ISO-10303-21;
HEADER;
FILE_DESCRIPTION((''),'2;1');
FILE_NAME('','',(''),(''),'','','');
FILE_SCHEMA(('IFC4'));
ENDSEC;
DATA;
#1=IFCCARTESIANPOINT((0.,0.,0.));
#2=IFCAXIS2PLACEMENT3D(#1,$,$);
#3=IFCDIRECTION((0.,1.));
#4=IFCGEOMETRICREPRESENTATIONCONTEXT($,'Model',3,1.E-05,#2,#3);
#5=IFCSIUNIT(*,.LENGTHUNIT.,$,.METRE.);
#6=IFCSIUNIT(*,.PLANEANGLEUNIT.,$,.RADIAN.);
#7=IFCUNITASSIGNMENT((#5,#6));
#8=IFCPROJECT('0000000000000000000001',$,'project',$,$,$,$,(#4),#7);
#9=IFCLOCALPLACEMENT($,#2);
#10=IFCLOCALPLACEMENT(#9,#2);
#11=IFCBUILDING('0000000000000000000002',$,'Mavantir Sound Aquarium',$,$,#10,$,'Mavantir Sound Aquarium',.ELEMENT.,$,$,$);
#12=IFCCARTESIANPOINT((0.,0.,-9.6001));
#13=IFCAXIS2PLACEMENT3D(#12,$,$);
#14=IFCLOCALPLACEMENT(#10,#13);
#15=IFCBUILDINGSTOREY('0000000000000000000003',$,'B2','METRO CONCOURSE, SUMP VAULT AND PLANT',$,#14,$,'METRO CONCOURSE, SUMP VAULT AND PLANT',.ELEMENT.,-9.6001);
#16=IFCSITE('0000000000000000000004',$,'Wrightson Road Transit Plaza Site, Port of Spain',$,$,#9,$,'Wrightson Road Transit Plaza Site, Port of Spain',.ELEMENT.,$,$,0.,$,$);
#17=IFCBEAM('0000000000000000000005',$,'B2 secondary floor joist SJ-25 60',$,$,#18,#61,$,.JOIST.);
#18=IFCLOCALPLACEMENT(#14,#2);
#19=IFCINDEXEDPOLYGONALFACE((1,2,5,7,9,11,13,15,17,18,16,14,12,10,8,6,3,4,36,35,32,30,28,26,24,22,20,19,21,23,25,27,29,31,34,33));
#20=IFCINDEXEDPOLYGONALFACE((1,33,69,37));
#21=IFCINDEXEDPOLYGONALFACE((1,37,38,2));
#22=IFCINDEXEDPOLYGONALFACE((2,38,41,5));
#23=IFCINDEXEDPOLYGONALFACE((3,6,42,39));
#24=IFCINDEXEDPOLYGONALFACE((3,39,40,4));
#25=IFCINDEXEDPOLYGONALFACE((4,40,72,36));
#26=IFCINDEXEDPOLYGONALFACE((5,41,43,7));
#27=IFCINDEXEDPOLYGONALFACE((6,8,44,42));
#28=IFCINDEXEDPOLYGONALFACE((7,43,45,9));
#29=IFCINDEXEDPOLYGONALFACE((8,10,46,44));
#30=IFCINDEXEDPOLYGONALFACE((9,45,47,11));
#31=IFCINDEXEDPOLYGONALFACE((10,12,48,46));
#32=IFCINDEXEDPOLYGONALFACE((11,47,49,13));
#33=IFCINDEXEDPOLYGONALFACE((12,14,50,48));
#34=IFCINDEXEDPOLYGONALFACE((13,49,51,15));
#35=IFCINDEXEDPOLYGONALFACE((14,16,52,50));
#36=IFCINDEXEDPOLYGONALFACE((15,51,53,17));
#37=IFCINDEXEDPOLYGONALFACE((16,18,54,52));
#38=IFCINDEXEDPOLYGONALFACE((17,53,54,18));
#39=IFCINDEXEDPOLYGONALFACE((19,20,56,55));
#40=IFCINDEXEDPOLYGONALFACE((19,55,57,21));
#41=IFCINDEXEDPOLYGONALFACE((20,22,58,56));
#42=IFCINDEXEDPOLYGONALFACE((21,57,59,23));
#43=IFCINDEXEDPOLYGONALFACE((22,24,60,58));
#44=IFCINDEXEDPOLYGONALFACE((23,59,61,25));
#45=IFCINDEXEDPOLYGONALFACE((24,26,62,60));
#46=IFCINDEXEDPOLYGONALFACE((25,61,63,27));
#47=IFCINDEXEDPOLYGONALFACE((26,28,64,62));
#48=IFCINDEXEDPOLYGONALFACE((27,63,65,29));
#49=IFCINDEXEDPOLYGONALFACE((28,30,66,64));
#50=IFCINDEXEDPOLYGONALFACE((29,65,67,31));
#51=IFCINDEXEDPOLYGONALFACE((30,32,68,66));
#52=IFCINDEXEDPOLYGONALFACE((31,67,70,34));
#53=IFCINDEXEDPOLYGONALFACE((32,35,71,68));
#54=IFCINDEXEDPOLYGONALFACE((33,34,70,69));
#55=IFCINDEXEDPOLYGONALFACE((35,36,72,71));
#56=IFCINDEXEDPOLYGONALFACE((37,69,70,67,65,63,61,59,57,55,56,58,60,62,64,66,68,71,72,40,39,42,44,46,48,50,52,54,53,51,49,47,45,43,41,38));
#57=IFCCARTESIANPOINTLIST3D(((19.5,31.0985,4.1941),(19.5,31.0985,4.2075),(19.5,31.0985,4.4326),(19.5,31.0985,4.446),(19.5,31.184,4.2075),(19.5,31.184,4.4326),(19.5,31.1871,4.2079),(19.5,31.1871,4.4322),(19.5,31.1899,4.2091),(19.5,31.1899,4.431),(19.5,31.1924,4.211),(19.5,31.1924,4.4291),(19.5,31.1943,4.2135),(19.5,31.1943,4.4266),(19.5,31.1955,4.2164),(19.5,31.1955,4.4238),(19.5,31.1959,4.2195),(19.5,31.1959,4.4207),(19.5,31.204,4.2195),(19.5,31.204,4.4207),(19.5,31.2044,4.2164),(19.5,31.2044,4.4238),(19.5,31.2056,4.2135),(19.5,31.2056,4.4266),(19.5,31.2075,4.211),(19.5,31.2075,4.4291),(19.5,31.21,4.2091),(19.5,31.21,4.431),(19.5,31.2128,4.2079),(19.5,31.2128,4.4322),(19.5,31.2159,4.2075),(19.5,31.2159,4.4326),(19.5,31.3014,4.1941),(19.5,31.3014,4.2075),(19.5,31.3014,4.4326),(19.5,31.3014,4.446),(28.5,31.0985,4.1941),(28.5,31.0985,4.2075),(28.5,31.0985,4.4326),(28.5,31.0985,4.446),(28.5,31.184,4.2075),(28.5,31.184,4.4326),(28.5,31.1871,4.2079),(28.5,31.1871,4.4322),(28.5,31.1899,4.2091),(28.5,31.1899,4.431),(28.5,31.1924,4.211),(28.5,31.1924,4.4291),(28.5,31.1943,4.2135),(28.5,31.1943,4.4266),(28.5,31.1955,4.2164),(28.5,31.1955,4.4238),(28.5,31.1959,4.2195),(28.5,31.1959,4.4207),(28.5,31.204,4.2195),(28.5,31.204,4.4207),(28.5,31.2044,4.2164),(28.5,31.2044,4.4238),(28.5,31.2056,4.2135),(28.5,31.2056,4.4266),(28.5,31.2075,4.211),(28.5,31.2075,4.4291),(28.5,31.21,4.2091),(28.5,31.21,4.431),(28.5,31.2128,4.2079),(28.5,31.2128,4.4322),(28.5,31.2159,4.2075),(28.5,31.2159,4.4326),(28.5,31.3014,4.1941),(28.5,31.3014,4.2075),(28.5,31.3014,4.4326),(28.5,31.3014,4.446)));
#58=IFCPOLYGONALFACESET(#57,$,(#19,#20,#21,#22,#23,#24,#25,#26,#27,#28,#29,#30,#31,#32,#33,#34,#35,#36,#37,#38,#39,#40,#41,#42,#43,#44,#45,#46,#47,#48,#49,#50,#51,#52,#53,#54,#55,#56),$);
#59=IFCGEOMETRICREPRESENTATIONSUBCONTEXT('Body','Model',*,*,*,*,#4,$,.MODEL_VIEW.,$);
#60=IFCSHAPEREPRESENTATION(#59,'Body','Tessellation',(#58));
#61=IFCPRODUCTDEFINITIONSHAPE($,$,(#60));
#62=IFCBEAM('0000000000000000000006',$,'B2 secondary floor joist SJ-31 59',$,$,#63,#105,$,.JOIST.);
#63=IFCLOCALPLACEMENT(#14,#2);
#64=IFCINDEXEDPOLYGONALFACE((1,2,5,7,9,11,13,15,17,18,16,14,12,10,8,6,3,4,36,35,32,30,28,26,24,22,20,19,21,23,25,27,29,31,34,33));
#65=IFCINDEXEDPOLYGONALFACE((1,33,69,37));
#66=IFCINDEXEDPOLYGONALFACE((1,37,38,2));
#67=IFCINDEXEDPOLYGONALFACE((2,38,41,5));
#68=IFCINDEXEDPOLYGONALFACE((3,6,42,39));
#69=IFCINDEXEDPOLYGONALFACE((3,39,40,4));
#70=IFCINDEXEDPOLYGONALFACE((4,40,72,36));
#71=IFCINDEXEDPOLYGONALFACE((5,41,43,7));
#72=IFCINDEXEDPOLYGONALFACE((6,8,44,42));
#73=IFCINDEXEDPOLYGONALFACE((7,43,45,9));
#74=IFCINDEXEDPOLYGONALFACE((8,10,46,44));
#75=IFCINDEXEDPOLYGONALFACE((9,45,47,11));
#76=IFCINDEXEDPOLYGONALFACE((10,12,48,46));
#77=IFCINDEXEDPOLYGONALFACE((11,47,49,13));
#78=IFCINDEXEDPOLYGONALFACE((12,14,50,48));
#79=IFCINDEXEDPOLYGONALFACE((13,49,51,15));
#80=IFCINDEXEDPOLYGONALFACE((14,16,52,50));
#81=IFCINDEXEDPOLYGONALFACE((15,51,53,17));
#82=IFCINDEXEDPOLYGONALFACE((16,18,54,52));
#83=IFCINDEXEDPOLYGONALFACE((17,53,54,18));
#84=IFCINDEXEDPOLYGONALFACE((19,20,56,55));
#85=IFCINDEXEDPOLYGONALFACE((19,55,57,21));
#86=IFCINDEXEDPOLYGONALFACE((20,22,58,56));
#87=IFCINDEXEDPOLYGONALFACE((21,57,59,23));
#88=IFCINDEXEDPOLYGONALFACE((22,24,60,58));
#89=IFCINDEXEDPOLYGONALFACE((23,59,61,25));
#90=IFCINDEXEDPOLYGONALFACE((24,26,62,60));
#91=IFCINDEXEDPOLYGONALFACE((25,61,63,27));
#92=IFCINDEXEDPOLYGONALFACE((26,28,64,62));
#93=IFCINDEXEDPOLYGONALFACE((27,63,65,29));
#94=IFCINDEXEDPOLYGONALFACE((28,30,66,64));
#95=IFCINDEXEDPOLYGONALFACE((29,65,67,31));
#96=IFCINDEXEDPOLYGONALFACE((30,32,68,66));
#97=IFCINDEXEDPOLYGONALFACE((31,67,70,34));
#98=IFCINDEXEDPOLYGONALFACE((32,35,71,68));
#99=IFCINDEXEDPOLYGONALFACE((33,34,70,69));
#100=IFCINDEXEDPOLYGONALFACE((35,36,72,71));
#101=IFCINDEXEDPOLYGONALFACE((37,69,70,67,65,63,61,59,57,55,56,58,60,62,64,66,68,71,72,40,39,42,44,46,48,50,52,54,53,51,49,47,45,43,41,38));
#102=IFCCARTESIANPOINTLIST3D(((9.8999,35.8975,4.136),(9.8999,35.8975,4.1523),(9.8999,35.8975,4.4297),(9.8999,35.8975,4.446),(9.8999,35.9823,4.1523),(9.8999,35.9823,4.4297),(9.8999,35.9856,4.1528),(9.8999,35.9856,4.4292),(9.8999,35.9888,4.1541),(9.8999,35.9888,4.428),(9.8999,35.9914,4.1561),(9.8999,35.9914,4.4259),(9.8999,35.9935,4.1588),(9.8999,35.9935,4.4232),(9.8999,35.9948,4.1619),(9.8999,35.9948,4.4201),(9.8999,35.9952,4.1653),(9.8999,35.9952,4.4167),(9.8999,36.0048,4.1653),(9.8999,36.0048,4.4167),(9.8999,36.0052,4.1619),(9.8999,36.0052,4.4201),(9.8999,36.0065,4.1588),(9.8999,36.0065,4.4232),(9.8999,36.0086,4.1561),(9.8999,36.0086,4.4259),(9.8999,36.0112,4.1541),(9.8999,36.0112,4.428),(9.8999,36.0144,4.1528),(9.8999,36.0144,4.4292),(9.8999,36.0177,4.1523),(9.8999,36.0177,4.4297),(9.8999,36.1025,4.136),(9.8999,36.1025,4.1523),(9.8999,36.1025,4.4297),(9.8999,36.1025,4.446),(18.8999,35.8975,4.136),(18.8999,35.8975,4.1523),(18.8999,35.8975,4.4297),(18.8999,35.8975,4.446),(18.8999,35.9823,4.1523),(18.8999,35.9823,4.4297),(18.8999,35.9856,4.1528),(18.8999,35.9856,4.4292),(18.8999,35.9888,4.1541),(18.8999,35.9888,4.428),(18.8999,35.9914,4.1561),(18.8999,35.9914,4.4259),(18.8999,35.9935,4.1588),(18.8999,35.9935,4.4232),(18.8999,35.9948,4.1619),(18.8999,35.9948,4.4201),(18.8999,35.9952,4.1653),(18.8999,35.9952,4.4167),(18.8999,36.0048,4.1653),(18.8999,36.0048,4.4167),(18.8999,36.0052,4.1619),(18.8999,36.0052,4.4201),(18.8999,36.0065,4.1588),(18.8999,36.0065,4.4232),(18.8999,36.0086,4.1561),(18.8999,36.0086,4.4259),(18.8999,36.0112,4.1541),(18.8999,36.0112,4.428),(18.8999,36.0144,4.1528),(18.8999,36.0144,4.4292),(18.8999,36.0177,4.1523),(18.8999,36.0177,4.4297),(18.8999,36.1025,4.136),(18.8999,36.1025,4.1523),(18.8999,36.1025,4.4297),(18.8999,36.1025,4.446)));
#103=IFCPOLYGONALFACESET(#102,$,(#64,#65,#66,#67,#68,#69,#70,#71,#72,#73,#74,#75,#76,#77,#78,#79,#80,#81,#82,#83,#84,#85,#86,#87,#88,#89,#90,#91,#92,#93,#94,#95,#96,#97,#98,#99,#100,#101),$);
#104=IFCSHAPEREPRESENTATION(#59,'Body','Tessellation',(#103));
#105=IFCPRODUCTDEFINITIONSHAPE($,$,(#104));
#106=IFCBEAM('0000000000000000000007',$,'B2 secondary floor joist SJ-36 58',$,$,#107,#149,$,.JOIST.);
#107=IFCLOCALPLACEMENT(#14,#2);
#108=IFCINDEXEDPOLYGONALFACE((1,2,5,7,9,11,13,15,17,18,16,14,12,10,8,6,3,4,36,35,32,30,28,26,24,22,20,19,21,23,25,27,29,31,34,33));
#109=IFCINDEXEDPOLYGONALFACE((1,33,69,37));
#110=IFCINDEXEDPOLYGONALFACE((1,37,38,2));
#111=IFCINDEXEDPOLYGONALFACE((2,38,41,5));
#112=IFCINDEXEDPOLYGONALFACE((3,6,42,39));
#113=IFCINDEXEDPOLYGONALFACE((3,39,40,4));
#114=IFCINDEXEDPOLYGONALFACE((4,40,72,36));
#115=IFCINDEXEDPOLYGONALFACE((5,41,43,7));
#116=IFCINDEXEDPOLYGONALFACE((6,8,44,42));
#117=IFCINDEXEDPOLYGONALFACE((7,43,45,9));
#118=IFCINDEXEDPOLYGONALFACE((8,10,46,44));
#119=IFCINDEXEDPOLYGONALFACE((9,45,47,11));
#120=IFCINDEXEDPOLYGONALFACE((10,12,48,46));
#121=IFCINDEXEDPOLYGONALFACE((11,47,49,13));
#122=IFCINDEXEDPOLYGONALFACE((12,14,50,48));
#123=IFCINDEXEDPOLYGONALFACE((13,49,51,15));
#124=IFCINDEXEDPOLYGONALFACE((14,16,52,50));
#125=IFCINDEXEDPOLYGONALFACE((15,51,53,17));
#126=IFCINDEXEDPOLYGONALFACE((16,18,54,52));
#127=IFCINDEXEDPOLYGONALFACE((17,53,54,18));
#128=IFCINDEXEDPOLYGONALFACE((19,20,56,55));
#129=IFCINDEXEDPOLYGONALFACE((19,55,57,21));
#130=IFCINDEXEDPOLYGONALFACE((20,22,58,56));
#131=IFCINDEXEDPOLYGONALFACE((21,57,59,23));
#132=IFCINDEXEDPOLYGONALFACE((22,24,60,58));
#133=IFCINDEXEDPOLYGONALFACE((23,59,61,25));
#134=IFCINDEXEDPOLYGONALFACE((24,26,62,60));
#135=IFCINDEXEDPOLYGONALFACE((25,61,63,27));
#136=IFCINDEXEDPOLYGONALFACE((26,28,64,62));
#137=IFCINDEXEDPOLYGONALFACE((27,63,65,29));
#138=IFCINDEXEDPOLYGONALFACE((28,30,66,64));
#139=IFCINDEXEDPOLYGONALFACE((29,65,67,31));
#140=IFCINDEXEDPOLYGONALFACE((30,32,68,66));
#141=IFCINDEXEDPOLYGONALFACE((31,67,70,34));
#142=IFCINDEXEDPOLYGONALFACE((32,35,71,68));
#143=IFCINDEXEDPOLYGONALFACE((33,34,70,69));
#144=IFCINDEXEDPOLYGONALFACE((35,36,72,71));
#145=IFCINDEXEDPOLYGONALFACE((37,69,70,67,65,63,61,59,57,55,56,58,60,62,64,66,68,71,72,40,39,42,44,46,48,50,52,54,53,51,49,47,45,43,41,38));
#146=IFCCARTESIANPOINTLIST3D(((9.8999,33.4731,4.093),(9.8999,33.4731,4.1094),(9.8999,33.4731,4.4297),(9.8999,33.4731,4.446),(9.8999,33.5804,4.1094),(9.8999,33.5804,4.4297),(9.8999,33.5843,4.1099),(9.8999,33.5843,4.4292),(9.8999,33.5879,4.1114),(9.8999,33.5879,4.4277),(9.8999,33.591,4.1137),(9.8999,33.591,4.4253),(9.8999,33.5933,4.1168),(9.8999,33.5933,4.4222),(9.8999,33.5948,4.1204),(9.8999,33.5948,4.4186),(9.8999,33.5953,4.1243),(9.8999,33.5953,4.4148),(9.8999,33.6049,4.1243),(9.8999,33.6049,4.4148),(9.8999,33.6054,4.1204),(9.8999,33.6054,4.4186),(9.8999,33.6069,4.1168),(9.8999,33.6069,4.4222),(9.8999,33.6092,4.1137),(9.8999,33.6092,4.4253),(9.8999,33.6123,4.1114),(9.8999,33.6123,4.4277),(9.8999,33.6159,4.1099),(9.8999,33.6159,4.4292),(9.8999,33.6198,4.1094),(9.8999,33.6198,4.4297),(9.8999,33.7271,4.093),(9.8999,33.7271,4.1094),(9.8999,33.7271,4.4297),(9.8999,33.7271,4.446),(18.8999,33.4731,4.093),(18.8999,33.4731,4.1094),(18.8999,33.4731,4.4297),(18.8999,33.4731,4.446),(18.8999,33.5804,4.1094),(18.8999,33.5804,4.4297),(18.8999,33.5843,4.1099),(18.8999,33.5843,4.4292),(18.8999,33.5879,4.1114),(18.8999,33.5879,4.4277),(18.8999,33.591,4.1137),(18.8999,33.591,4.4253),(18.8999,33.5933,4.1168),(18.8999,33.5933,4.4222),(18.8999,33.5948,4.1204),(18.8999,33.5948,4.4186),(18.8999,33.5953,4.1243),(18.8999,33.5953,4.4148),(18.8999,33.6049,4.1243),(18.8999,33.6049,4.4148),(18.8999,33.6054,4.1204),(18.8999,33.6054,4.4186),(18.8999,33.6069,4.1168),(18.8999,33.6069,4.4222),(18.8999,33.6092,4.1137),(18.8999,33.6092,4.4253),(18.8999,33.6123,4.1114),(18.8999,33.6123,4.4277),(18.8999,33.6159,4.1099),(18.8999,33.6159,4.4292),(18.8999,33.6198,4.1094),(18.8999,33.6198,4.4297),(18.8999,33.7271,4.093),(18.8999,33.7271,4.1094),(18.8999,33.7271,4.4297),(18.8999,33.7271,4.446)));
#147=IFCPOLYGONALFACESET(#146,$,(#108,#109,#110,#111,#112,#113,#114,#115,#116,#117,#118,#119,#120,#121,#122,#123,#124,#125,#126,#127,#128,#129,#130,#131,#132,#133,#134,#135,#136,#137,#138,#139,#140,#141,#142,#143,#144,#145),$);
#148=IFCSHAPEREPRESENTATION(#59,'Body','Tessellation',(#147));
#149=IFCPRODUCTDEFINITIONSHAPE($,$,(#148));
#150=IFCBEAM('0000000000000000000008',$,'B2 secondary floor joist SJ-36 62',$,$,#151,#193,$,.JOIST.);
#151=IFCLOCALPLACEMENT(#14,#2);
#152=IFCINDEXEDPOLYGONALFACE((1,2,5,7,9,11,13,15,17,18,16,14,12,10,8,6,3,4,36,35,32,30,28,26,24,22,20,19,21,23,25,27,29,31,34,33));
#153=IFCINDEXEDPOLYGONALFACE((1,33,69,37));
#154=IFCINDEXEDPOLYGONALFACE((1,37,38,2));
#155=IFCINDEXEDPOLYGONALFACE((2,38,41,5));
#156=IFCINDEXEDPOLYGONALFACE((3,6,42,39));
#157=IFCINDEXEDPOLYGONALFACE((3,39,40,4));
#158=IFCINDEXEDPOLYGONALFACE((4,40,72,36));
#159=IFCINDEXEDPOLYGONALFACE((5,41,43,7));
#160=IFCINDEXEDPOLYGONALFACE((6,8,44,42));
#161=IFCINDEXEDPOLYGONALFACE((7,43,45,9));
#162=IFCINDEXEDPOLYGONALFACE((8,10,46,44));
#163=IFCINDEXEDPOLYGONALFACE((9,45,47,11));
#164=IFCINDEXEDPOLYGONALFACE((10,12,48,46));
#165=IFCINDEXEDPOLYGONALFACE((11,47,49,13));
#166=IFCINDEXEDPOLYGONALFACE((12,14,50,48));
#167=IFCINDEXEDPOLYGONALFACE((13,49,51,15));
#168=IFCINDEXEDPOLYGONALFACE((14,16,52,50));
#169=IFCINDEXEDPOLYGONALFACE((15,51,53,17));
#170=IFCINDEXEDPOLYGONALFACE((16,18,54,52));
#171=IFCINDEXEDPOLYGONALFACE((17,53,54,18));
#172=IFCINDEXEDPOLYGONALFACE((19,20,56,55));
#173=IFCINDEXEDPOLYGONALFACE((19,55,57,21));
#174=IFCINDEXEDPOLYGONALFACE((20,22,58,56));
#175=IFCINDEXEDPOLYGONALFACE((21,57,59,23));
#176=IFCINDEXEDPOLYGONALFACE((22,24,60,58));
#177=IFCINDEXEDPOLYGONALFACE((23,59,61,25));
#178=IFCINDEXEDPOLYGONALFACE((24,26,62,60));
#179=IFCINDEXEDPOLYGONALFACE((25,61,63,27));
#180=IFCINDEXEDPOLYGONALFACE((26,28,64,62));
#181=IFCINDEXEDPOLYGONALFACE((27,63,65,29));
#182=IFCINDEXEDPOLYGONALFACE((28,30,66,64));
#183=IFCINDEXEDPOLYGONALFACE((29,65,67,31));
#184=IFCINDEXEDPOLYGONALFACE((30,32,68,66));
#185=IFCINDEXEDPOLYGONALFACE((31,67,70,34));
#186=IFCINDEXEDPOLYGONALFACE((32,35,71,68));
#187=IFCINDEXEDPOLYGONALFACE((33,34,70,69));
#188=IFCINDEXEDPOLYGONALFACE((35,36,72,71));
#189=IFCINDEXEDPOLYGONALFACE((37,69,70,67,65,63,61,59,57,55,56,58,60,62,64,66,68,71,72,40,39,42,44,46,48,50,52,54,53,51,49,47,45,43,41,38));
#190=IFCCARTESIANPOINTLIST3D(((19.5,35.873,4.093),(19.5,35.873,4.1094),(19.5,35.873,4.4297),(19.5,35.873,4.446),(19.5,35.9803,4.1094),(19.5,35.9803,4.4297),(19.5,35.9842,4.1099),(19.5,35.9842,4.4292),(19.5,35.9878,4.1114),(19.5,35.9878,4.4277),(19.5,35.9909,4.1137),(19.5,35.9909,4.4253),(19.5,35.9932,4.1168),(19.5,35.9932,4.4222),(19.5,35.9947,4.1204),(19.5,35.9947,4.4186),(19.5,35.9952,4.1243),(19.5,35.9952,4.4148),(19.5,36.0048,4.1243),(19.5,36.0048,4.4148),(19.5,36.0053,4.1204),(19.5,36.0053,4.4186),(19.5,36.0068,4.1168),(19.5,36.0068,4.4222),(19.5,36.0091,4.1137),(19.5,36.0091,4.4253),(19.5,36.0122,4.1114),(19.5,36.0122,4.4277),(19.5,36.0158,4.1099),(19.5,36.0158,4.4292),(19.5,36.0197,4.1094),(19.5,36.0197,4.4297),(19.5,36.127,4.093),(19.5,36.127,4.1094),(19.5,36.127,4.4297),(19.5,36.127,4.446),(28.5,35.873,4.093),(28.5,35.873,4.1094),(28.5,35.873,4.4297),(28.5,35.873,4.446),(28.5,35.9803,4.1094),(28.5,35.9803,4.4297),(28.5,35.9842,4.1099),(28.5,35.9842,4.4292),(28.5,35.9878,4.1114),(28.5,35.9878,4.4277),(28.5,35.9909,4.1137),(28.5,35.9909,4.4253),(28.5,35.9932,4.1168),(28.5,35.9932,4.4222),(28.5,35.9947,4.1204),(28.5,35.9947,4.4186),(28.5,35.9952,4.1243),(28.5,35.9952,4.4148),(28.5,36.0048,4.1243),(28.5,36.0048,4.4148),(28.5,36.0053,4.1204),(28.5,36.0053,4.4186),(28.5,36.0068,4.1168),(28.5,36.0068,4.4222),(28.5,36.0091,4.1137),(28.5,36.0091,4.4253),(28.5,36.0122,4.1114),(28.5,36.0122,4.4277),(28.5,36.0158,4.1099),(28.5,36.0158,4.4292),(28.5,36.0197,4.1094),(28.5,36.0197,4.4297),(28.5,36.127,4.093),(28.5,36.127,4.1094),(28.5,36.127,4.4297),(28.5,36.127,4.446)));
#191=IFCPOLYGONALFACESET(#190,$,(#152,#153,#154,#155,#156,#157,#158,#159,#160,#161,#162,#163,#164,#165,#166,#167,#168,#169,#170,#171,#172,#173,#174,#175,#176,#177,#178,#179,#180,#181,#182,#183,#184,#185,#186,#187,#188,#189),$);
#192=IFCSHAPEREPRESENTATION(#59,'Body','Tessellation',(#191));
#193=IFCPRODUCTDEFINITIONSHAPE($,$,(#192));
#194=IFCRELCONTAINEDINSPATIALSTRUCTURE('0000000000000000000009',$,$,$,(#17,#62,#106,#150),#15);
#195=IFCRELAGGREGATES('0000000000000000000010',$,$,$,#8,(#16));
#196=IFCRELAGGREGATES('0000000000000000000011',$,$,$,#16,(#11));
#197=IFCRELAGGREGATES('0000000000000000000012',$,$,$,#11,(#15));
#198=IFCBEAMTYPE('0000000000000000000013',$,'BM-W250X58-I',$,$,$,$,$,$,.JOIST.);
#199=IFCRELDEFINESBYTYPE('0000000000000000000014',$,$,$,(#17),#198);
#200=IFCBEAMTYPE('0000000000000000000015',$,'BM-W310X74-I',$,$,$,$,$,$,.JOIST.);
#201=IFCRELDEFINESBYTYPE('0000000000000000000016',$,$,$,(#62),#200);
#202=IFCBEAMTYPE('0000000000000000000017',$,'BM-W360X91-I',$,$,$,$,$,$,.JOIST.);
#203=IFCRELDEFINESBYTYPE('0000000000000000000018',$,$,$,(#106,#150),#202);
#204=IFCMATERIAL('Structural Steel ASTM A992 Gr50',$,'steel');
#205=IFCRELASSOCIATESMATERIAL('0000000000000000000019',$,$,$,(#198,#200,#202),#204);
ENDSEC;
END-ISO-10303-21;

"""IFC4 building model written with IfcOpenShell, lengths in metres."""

from ifc_helpers import new_model, si_unit, direction, frame, origin, origin_2d, place, context, subcontext, project, spatial, i_section, extrude, material, material_profile, profile_set, type_object, element, save


model = new_model("IFC4")

# Units and contexts
model_context = context("Model", 3, precision=1e-05, world=origin(), true_north=direction((0.0, 1.0)))
body_context = subcontext(model_context, "Body", "Model", "MODEL_VIEW")
ifc_project = project(units=[si_unit("LENGTHUNIT", "METRE"), si_unit("PLANEANGLEUNIT", "RADIAN")], contexts=[model_context])

# Site, building, storey
site_placement = place(None, origin())
site = spatial("IfcSite", under=ifc_project, at=site_placement, Name="Wrightson Road Transit Plaza Site, Port of Spain", LongName="Wrightson Road Transit Plaza Site, Port of Spain", CompositionType="ELEMENT", RefElevation=0.0)
building_placement = place(site_placement, origin())
building = spatial("IfcBuilding", under=site, at=building_placement, Name="Mavantir Sound Aquarium", LongName="Mavantir Sound Aquarium", CompositionType="ELEMENT")
storey_placement = place(building_placement, frame((0.0, 0.0, -9.6001)))
storey = spatial("IfcBuildingStorey", under=building, at=storey_placement, Name="B2", Description="METRO CONCOURSE, SUMP VAULT AND PLANT", LongName="METRO CONCOURSE, SUMP VAULT AND PLANT", CompositionType="ELEMENT", Elevation=-9.6001)

# Beams
ifc_material_1 = material(Name="Structural Steel ASTM A992 Gr50", Category="steel")
ifc_material_profile_1 = material_profile(ifc_material_1, i_section(OverallWidth=0.2029, OverallDepth=0.252, WebThickness=0.0081, FlangeThickness=0.0134, FilletRadius=0.012, at=origin_2d()), Name="W250X58")
ifc_profile_set_1 = profile_set([ifc_material_profile_1], Name="Structural Steel ASTM A992 Gr50")
beam_type_1 = type_object("IfcBeamType", Name="BM-W250X58-I", PredefinedType="JOIST", material=ifc_profile_set_1)
beam_1_placement = place(storey_placement, frame((19.5, 31.2, 4.3201), z_axis=(1.0, 0.0, 0.0), x_axis=(0.0, 1.0, 0.0)))
element("IfcBeam", 1, at=beam_1_placement, inside=storey, type_object=beam_type_1, Name="B2 secondary floor joist SJ-25 60", PredefinedType="JOIST", context=body_context, shape_type="SweptSolid", body=[
    extrude(i_section(OverallWidth=0.2029, OverallDepth=0.252, WebThickness=0.0081, FlangeThickness=0.0134, FilletRadius=0.012, at=origin_2d()), origin(), (0.0, 0.0, 1.0), 9.0),
])
ifc_material_profile_2 = material_profile(ifc_material_1, i_section(OverallWidth=0.2051, OverallDepth=0.3101, WebThickness=0.0095, FlangeThickness=0.0164, FilletRadius=0.0129, at=origin_2d()), Name="W310X74")
ifc_profile_set_2 = profile_set([ifc_material_profile_2], Name="Structural Steel ASTM A992 Gr50")
beam_type_2 = type_object("IfcBeamType", Name="BM-W310X74-I", PredefinedType="JOIST", material=ifc_profile_set_2)
beam_2_placement = place(storey_placement, frame((9.8999, 36.0, 4.291), z_axis=(1.0, 0.0, 0.0), x_axis=(0.0, 1.0, 0.0)))
element("IfcBeam", 2, at=beam_2_placement, inside=storey, type_object=beam_type_2, Name="B2 secondary floor joist SJ-31 59", PredefinedType="JOIST", context=body_context, shape_type="SweptSolid", body=[
    extrude(i_section(OverallWidth=0.2051, OverallDepth=0.3101, WebThickness=0.0095, FlangeThickness=0.0164, FilletRadius=0.0129, at=origin_2d()), origin(), (0.0, 0.0, 1.0), 9.0),
])
ifc_material_profile_3 = material_profile(ifc_material_1, i_section(OverallWidth=0.2539, OverallDepth=0.353, WebThickness=0.0095, FlangeThickness=0.0164, FilletRadius=0.0149, at=origin_2d()), Name="W360X91")
ifc_profile_set_3 = profile_set([ifc_material_profile_3], Name="Structural Steel ASTM A992 Gr50")
beam_type_3 = type_object("IfcBeamType", Name="BM-W360X91-I", PredefinedType="JOIST", material=ifc_profile_set_3)
for number, where, z_axis, x_axis, name in (
    (3, (9.8999, 33.6001, 4.2695), (1.0, 0.0, 0.0), (0.0, 1.0, 0.0), "B2 secondary floor joist SJ-36 58"),
    (4, (19.5, 36.0, 4.2695), (1.0, 0.0, 0.0), (0.0, 1.0, 0.0), "B2 secondary floor joist SJ-36 62"),
):
    element("IfcBeam", number, at=place(storey_placement, frame(where, z_axis=z_axis, x_axis=x_axis)), inside=storey, type_object=beam_type_3, Name=name, PredefinedType="JOIST", context=body_context, shape_type="SweptSolid", body=[
        extrude(i_section(OverallWidth=0.2539, OverallDepth=0.353, WebThickness=0.0095, FlangeThickness=0.0164, FilletRadius=0.0149, at=origin_2d()), origin(), (0.0, 0.0, 1.0), 9.0),
    ])

save(model, "model.ifc")
